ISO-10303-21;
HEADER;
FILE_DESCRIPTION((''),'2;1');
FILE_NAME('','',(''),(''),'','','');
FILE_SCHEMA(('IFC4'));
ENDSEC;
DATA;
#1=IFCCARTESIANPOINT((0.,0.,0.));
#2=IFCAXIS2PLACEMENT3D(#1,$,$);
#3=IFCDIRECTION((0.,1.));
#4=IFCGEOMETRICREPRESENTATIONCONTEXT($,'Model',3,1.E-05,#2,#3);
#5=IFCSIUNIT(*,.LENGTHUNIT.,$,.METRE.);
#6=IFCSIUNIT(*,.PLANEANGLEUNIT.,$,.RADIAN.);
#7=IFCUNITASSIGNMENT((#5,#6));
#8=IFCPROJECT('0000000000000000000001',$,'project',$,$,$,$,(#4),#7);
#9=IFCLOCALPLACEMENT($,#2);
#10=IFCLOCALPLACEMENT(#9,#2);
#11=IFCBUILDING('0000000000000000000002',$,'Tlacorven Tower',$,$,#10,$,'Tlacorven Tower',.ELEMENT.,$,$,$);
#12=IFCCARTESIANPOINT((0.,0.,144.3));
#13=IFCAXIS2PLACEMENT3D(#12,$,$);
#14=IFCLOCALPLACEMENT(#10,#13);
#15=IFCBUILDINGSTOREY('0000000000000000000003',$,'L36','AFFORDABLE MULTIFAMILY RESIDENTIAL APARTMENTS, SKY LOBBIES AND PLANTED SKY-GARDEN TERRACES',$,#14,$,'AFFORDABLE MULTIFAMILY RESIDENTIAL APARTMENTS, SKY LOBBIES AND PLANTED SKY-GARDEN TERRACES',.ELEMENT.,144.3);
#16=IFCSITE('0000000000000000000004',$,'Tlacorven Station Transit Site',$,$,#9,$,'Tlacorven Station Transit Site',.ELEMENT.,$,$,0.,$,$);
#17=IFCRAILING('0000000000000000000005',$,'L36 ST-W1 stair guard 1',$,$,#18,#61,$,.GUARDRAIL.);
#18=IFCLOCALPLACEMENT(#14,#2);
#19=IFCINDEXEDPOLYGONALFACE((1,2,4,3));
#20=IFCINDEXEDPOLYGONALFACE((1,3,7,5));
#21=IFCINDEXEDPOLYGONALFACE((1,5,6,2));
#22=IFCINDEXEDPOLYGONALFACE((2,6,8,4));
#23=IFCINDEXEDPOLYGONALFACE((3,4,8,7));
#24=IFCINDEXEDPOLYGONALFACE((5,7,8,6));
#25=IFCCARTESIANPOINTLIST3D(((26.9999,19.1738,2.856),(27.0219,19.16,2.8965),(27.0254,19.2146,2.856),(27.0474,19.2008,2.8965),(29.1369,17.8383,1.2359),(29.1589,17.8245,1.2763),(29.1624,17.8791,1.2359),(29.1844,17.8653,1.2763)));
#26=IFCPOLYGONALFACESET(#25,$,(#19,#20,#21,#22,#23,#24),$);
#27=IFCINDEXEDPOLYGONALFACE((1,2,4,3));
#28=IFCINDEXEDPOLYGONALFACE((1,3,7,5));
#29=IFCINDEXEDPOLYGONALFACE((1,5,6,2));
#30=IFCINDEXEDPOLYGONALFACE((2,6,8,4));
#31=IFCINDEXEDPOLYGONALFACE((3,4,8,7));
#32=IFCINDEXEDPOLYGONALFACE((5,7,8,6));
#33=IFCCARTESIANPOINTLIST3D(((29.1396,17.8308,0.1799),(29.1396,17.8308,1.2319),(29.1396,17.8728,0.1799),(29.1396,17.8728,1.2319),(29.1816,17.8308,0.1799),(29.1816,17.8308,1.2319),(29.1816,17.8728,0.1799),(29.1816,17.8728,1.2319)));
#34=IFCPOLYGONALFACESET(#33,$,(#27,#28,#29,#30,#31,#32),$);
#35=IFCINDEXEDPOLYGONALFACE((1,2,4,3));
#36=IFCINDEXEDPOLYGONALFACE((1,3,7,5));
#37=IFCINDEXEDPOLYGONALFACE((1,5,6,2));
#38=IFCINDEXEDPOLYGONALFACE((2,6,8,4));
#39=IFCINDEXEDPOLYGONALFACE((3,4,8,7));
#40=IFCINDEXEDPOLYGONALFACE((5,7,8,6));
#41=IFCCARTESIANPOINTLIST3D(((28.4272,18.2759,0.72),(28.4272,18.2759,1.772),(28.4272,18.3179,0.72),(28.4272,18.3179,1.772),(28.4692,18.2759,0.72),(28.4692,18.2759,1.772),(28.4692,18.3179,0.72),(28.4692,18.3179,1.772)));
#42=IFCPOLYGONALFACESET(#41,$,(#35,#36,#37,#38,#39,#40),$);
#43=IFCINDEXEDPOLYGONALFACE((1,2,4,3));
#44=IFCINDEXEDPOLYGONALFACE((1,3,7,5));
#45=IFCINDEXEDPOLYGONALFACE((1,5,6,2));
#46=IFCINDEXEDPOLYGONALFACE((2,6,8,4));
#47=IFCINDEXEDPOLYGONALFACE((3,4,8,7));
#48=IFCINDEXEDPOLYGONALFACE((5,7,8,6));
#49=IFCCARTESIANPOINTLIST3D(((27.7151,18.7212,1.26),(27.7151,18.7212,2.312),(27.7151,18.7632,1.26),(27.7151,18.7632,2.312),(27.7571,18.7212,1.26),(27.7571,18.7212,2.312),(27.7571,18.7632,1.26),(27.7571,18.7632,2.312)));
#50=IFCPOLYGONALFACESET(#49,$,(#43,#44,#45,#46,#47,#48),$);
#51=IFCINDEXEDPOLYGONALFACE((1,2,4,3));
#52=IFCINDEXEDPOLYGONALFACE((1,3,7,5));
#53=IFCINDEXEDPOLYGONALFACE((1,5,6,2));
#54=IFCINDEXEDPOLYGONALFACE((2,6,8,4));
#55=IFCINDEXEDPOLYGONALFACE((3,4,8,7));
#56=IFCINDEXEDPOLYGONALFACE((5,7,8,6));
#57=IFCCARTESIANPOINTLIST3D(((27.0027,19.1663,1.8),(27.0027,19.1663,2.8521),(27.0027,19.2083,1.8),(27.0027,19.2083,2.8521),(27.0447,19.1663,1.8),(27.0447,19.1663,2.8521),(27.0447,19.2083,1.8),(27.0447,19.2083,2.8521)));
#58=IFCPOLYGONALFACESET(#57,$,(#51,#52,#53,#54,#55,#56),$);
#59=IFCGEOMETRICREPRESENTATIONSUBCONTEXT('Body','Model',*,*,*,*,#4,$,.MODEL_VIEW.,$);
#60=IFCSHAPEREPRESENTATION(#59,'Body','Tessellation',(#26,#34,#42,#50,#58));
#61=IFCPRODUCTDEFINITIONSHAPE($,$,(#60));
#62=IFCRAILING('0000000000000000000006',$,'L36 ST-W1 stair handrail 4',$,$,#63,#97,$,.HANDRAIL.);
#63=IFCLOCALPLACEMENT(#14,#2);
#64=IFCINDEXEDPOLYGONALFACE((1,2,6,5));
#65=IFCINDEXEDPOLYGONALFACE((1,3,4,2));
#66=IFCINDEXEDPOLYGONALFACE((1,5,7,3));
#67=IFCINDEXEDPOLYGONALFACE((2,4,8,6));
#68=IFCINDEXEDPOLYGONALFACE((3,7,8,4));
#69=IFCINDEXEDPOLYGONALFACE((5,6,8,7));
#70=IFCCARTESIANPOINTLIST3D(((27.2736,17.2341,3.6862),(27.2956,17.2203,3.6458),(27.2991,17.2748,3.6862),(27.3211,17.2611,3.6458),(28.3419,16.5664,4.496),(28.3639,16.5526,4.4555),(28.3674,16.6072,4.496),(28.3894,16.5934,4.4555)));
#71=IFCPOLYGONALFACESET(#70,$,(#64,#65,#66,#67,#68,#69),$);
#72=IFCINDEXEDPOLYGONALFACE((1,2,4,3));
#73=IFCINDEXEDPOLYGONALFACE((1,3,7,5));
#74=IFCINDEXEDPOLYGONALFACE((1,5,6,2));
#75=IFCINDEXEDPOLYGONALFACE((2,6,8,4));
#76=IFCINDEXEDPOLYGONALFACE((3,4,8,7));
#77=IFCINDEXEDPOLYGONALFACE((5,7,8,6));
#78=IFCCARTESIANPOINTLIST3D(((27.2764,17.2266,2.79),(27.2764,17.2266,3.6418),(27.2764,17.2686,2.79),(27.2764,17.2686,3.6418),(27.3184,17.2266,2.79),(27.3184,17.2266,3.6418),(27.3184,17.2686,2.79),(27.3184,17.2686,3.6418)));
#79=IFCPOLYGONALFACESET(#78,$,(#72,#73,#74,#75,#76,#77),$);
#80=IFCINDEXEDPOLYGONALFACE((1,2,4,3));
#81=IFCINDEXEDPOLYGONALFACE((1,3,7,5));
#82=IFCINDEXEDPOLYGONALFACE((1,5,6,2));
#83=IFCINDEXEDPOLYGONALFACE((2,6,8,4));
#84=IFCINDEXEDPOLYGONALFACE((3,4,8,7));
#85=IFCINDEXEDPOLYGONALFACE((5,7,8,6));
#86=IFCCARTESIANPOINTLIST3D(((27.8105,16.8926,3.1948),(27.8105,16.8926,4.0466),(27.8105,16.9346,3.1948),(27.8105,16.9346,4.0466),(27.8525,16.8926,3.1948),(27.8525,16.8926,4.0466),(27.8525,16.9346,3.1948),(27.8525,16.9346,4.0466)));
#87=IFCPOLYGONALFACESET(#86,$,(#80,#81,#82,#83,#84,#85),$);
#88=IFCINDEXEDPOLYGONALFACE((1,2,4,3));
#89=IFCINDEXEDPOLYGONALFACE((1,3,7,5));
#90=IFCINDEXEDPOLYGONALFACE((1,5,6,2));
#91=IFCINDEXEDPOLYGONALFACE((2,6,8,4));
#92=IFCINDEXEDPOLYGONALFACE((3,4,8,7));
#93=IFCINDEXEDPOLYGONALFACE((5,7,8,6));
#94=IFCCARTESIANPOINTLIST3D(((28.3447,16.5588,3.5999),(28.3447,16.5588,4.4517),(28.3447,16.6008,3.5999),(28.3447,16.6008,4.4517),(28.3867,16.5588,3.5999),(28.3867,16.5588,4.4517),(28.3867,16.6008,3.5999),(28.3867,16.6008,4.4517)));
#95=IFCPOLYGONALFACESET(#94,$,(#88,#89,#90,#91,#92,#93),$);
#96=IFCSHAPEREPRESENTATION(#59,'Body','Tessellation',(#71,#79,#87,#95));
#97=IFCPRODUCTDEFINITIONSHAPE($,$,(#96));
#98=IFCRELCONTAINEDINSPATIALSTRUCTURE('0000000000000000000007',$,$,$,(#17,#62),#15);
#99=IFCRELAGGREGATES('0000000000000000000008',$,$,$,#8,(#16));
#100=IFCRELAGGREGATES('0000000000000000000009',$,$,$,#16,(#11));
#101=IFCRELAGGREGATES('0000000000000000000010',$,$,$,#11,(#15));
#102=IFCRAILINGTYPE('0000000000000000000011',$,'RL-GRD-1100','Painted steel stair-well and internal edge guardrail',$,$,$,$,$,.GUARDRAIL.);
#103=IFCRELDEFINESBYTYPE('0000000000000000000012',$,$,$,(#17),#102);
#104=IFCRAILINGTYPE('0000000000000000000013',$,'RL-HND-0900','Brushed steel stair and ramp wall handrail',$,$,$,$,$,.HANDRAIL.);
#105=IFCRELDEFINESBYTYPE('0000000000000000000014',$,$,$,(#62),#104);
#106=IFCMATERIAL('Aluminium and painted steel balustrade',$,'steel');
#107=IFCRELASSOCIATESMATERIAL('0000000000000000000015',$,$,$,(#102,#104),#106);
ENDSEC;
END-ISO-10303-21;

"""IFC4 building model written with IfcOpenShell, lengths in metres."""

from ifc_helpers import new_model, si_unit, direction, frame, origin, origin_2d, place, context, subcontext, project, spatial, rectangle, extrude, source, transform, mapped, material, type_object, element, save


model = new_model("IFC4")

# Units and contexts
model_context = context("Model", 3, precision=1e-05, world=origin(), true_north=direction((0.0, 1.0)))
body_context = subcontext(model_context, "Body", "Model", "MODEL_VIEW")
ifc_project = project(units=[si_unit("LENGTHUNIT", "METRE"), si_unit("PLANEANGLEUNIT", "RADIAN")], contexts=[model_context])

# Site, building, storey
site_placement = place(None, origin())
site = spatial("IfcSite", under=ifc_project, at=site_placement, Name="Tlacorven Station Transit Site", LongName="Tlacorven Station Transit Site", CompositionType="ELEMENT", RefElevation=0.0)
building_placement = place(site_placement, origin())
building = spatial("IfcBuilding", under=site, at=building_placement, Name="Tlacorven Tower", LongName="Tlacorven Tower", CompositionType="ELEMENT")
storey_placement = place(building_placement, frame((0.0, 0.0, 144.3)))
storey = spatial("IfcBuildingStorey", under=building, at=storey_placement, Name="L36", Description="AFFORDABLE MULTIFAMILY RESIDENTIAL APARTMENTS, SKY LOBBIES AND PLANTED SKY-GARDEN TERRACES", LongName="AFFORDABLE MULTIFAMILY RESIDENTIAL APARTMENTS, SKY LOBBIES AND PLANTED SKY-GARDEN TERRACES", CompositionType="ELEMENT", Elevation=144.3)

# Railings
ifc_material_1 = material(Name="Aluminium and painted steel balustrade", Category="steel")
railing_type_1 = type_object("IfcRailingType", Name="RL-GRD-1100", Description="Painted steel stair-well and internal edge guardrail", PredefinedType="GUARDRAIL", material=ifc_material_1)
shared_shape_1 = source(origin(), body_context, "Body", "SweptSolid", [
    extrude(rectangle(XDim=0.0481, YDim=0.0481, at=origin_2d()), frame((0.0, 0.0, 1.0762), z_axis=(-0.71332, 0.445774, 0.540796), x_axis=(-0.529955, -0.848026, 0.0)), (0.0, 0.0, 1.0), 2.9958),
    extrude(rectangle(XDim=0.042, YDim=0.042, at=origin_2d()), origin(), (0.0, 0.0, 1.0), 1.052),
    extrude(rectangle(XDim=0.042, YDim=0.042, at=origin_2d()), frame((-0.7124, 0.4451, 0.54)), (0.0, 0.0, 1.0), 1.052),
    extrude(rectangle(XDim=0.042, YDim=0.042, at=origin_2d()), frame((-1.4246, 0.8904, 1.0801)), (0.0, 0.0, 1.0), 1.052),
    extrude(rectangle(XDim=0.042, YDim=0.042, at=origin_2d()), frame((-2.137, 1.3354, 1.6201)), (0.0, 0.0, 1.0), 1.052),
])
railing_1_placement = place(storey_placement, frame((29.1606, 17.8518, 0.1799)))
element("IfcRailing", 1, at=railing_1_placement, inside=storey, type_object=railing_type_1, Name="L36 ST-W1 stair guard 1", PredefinedType="GUARDRAIL", context=body_context, shape_type="MappedRepresentation", body=[
    mapped(shared_shape_1, transform((0.0, 0.0, 0.0), scale=1.0)),
])
railing_type_2 = type_object("IfcRailingType", Name="RL-HND-0900", Description="Brushed steel stair and ramp wall handrail", PredefinedType="HANDRAIL", material=ifc_material_1)
shared_shape_2 = source(origin(), body_context, "Body", "SweptSolid", [
    extrude(rectangle(XDim=0.0481, YDim=0.0481, at=origin_2d()), frame((0.0, 0.0, 0.876), z_axis=(0.713343, -0.445839, 0.540712), x_axis=(0.529999, 0.847998, 0.0)), (0.0, 0.0, 1.0), 1.4976),
    extrude(rectangle(XDim=0.042, YDim=0.042, at=origin_2d()), origin(), (0.0, 0.0, 1.0), 0.8518),
    extrude(rectangle(XDim=0.042, YDim=0.042, at=origin_2d()), frame((0.5342, -0.334, 0.4048)), (0.0, 0.0, 1.0), 0.8518),
    extrude(rectangle(XDim=0.042, YDim=0.042, at=origin_2d()), frame((1.0684, -0.6677, 0.8098)), (0.0, 0.0, 1.0), 0.8518),
])
railing_2_placement = place(storey_placement, frame((27.2974, 17.2476, 2.79)))
element("IfcRailing", 2, at=railing_2_placement, inside=storey, type_object=railing_type_2, Name="L36 ST-W1 stair handrail 4", PredefinedType="HANDRAIL", context=body_context, shape_type="MappedRepresentation", body=[
    mapped(shared_shape_2, transform((0.0, 0.0, 0.0), scale=1.0)),
])

save(model, "model.ifc")
